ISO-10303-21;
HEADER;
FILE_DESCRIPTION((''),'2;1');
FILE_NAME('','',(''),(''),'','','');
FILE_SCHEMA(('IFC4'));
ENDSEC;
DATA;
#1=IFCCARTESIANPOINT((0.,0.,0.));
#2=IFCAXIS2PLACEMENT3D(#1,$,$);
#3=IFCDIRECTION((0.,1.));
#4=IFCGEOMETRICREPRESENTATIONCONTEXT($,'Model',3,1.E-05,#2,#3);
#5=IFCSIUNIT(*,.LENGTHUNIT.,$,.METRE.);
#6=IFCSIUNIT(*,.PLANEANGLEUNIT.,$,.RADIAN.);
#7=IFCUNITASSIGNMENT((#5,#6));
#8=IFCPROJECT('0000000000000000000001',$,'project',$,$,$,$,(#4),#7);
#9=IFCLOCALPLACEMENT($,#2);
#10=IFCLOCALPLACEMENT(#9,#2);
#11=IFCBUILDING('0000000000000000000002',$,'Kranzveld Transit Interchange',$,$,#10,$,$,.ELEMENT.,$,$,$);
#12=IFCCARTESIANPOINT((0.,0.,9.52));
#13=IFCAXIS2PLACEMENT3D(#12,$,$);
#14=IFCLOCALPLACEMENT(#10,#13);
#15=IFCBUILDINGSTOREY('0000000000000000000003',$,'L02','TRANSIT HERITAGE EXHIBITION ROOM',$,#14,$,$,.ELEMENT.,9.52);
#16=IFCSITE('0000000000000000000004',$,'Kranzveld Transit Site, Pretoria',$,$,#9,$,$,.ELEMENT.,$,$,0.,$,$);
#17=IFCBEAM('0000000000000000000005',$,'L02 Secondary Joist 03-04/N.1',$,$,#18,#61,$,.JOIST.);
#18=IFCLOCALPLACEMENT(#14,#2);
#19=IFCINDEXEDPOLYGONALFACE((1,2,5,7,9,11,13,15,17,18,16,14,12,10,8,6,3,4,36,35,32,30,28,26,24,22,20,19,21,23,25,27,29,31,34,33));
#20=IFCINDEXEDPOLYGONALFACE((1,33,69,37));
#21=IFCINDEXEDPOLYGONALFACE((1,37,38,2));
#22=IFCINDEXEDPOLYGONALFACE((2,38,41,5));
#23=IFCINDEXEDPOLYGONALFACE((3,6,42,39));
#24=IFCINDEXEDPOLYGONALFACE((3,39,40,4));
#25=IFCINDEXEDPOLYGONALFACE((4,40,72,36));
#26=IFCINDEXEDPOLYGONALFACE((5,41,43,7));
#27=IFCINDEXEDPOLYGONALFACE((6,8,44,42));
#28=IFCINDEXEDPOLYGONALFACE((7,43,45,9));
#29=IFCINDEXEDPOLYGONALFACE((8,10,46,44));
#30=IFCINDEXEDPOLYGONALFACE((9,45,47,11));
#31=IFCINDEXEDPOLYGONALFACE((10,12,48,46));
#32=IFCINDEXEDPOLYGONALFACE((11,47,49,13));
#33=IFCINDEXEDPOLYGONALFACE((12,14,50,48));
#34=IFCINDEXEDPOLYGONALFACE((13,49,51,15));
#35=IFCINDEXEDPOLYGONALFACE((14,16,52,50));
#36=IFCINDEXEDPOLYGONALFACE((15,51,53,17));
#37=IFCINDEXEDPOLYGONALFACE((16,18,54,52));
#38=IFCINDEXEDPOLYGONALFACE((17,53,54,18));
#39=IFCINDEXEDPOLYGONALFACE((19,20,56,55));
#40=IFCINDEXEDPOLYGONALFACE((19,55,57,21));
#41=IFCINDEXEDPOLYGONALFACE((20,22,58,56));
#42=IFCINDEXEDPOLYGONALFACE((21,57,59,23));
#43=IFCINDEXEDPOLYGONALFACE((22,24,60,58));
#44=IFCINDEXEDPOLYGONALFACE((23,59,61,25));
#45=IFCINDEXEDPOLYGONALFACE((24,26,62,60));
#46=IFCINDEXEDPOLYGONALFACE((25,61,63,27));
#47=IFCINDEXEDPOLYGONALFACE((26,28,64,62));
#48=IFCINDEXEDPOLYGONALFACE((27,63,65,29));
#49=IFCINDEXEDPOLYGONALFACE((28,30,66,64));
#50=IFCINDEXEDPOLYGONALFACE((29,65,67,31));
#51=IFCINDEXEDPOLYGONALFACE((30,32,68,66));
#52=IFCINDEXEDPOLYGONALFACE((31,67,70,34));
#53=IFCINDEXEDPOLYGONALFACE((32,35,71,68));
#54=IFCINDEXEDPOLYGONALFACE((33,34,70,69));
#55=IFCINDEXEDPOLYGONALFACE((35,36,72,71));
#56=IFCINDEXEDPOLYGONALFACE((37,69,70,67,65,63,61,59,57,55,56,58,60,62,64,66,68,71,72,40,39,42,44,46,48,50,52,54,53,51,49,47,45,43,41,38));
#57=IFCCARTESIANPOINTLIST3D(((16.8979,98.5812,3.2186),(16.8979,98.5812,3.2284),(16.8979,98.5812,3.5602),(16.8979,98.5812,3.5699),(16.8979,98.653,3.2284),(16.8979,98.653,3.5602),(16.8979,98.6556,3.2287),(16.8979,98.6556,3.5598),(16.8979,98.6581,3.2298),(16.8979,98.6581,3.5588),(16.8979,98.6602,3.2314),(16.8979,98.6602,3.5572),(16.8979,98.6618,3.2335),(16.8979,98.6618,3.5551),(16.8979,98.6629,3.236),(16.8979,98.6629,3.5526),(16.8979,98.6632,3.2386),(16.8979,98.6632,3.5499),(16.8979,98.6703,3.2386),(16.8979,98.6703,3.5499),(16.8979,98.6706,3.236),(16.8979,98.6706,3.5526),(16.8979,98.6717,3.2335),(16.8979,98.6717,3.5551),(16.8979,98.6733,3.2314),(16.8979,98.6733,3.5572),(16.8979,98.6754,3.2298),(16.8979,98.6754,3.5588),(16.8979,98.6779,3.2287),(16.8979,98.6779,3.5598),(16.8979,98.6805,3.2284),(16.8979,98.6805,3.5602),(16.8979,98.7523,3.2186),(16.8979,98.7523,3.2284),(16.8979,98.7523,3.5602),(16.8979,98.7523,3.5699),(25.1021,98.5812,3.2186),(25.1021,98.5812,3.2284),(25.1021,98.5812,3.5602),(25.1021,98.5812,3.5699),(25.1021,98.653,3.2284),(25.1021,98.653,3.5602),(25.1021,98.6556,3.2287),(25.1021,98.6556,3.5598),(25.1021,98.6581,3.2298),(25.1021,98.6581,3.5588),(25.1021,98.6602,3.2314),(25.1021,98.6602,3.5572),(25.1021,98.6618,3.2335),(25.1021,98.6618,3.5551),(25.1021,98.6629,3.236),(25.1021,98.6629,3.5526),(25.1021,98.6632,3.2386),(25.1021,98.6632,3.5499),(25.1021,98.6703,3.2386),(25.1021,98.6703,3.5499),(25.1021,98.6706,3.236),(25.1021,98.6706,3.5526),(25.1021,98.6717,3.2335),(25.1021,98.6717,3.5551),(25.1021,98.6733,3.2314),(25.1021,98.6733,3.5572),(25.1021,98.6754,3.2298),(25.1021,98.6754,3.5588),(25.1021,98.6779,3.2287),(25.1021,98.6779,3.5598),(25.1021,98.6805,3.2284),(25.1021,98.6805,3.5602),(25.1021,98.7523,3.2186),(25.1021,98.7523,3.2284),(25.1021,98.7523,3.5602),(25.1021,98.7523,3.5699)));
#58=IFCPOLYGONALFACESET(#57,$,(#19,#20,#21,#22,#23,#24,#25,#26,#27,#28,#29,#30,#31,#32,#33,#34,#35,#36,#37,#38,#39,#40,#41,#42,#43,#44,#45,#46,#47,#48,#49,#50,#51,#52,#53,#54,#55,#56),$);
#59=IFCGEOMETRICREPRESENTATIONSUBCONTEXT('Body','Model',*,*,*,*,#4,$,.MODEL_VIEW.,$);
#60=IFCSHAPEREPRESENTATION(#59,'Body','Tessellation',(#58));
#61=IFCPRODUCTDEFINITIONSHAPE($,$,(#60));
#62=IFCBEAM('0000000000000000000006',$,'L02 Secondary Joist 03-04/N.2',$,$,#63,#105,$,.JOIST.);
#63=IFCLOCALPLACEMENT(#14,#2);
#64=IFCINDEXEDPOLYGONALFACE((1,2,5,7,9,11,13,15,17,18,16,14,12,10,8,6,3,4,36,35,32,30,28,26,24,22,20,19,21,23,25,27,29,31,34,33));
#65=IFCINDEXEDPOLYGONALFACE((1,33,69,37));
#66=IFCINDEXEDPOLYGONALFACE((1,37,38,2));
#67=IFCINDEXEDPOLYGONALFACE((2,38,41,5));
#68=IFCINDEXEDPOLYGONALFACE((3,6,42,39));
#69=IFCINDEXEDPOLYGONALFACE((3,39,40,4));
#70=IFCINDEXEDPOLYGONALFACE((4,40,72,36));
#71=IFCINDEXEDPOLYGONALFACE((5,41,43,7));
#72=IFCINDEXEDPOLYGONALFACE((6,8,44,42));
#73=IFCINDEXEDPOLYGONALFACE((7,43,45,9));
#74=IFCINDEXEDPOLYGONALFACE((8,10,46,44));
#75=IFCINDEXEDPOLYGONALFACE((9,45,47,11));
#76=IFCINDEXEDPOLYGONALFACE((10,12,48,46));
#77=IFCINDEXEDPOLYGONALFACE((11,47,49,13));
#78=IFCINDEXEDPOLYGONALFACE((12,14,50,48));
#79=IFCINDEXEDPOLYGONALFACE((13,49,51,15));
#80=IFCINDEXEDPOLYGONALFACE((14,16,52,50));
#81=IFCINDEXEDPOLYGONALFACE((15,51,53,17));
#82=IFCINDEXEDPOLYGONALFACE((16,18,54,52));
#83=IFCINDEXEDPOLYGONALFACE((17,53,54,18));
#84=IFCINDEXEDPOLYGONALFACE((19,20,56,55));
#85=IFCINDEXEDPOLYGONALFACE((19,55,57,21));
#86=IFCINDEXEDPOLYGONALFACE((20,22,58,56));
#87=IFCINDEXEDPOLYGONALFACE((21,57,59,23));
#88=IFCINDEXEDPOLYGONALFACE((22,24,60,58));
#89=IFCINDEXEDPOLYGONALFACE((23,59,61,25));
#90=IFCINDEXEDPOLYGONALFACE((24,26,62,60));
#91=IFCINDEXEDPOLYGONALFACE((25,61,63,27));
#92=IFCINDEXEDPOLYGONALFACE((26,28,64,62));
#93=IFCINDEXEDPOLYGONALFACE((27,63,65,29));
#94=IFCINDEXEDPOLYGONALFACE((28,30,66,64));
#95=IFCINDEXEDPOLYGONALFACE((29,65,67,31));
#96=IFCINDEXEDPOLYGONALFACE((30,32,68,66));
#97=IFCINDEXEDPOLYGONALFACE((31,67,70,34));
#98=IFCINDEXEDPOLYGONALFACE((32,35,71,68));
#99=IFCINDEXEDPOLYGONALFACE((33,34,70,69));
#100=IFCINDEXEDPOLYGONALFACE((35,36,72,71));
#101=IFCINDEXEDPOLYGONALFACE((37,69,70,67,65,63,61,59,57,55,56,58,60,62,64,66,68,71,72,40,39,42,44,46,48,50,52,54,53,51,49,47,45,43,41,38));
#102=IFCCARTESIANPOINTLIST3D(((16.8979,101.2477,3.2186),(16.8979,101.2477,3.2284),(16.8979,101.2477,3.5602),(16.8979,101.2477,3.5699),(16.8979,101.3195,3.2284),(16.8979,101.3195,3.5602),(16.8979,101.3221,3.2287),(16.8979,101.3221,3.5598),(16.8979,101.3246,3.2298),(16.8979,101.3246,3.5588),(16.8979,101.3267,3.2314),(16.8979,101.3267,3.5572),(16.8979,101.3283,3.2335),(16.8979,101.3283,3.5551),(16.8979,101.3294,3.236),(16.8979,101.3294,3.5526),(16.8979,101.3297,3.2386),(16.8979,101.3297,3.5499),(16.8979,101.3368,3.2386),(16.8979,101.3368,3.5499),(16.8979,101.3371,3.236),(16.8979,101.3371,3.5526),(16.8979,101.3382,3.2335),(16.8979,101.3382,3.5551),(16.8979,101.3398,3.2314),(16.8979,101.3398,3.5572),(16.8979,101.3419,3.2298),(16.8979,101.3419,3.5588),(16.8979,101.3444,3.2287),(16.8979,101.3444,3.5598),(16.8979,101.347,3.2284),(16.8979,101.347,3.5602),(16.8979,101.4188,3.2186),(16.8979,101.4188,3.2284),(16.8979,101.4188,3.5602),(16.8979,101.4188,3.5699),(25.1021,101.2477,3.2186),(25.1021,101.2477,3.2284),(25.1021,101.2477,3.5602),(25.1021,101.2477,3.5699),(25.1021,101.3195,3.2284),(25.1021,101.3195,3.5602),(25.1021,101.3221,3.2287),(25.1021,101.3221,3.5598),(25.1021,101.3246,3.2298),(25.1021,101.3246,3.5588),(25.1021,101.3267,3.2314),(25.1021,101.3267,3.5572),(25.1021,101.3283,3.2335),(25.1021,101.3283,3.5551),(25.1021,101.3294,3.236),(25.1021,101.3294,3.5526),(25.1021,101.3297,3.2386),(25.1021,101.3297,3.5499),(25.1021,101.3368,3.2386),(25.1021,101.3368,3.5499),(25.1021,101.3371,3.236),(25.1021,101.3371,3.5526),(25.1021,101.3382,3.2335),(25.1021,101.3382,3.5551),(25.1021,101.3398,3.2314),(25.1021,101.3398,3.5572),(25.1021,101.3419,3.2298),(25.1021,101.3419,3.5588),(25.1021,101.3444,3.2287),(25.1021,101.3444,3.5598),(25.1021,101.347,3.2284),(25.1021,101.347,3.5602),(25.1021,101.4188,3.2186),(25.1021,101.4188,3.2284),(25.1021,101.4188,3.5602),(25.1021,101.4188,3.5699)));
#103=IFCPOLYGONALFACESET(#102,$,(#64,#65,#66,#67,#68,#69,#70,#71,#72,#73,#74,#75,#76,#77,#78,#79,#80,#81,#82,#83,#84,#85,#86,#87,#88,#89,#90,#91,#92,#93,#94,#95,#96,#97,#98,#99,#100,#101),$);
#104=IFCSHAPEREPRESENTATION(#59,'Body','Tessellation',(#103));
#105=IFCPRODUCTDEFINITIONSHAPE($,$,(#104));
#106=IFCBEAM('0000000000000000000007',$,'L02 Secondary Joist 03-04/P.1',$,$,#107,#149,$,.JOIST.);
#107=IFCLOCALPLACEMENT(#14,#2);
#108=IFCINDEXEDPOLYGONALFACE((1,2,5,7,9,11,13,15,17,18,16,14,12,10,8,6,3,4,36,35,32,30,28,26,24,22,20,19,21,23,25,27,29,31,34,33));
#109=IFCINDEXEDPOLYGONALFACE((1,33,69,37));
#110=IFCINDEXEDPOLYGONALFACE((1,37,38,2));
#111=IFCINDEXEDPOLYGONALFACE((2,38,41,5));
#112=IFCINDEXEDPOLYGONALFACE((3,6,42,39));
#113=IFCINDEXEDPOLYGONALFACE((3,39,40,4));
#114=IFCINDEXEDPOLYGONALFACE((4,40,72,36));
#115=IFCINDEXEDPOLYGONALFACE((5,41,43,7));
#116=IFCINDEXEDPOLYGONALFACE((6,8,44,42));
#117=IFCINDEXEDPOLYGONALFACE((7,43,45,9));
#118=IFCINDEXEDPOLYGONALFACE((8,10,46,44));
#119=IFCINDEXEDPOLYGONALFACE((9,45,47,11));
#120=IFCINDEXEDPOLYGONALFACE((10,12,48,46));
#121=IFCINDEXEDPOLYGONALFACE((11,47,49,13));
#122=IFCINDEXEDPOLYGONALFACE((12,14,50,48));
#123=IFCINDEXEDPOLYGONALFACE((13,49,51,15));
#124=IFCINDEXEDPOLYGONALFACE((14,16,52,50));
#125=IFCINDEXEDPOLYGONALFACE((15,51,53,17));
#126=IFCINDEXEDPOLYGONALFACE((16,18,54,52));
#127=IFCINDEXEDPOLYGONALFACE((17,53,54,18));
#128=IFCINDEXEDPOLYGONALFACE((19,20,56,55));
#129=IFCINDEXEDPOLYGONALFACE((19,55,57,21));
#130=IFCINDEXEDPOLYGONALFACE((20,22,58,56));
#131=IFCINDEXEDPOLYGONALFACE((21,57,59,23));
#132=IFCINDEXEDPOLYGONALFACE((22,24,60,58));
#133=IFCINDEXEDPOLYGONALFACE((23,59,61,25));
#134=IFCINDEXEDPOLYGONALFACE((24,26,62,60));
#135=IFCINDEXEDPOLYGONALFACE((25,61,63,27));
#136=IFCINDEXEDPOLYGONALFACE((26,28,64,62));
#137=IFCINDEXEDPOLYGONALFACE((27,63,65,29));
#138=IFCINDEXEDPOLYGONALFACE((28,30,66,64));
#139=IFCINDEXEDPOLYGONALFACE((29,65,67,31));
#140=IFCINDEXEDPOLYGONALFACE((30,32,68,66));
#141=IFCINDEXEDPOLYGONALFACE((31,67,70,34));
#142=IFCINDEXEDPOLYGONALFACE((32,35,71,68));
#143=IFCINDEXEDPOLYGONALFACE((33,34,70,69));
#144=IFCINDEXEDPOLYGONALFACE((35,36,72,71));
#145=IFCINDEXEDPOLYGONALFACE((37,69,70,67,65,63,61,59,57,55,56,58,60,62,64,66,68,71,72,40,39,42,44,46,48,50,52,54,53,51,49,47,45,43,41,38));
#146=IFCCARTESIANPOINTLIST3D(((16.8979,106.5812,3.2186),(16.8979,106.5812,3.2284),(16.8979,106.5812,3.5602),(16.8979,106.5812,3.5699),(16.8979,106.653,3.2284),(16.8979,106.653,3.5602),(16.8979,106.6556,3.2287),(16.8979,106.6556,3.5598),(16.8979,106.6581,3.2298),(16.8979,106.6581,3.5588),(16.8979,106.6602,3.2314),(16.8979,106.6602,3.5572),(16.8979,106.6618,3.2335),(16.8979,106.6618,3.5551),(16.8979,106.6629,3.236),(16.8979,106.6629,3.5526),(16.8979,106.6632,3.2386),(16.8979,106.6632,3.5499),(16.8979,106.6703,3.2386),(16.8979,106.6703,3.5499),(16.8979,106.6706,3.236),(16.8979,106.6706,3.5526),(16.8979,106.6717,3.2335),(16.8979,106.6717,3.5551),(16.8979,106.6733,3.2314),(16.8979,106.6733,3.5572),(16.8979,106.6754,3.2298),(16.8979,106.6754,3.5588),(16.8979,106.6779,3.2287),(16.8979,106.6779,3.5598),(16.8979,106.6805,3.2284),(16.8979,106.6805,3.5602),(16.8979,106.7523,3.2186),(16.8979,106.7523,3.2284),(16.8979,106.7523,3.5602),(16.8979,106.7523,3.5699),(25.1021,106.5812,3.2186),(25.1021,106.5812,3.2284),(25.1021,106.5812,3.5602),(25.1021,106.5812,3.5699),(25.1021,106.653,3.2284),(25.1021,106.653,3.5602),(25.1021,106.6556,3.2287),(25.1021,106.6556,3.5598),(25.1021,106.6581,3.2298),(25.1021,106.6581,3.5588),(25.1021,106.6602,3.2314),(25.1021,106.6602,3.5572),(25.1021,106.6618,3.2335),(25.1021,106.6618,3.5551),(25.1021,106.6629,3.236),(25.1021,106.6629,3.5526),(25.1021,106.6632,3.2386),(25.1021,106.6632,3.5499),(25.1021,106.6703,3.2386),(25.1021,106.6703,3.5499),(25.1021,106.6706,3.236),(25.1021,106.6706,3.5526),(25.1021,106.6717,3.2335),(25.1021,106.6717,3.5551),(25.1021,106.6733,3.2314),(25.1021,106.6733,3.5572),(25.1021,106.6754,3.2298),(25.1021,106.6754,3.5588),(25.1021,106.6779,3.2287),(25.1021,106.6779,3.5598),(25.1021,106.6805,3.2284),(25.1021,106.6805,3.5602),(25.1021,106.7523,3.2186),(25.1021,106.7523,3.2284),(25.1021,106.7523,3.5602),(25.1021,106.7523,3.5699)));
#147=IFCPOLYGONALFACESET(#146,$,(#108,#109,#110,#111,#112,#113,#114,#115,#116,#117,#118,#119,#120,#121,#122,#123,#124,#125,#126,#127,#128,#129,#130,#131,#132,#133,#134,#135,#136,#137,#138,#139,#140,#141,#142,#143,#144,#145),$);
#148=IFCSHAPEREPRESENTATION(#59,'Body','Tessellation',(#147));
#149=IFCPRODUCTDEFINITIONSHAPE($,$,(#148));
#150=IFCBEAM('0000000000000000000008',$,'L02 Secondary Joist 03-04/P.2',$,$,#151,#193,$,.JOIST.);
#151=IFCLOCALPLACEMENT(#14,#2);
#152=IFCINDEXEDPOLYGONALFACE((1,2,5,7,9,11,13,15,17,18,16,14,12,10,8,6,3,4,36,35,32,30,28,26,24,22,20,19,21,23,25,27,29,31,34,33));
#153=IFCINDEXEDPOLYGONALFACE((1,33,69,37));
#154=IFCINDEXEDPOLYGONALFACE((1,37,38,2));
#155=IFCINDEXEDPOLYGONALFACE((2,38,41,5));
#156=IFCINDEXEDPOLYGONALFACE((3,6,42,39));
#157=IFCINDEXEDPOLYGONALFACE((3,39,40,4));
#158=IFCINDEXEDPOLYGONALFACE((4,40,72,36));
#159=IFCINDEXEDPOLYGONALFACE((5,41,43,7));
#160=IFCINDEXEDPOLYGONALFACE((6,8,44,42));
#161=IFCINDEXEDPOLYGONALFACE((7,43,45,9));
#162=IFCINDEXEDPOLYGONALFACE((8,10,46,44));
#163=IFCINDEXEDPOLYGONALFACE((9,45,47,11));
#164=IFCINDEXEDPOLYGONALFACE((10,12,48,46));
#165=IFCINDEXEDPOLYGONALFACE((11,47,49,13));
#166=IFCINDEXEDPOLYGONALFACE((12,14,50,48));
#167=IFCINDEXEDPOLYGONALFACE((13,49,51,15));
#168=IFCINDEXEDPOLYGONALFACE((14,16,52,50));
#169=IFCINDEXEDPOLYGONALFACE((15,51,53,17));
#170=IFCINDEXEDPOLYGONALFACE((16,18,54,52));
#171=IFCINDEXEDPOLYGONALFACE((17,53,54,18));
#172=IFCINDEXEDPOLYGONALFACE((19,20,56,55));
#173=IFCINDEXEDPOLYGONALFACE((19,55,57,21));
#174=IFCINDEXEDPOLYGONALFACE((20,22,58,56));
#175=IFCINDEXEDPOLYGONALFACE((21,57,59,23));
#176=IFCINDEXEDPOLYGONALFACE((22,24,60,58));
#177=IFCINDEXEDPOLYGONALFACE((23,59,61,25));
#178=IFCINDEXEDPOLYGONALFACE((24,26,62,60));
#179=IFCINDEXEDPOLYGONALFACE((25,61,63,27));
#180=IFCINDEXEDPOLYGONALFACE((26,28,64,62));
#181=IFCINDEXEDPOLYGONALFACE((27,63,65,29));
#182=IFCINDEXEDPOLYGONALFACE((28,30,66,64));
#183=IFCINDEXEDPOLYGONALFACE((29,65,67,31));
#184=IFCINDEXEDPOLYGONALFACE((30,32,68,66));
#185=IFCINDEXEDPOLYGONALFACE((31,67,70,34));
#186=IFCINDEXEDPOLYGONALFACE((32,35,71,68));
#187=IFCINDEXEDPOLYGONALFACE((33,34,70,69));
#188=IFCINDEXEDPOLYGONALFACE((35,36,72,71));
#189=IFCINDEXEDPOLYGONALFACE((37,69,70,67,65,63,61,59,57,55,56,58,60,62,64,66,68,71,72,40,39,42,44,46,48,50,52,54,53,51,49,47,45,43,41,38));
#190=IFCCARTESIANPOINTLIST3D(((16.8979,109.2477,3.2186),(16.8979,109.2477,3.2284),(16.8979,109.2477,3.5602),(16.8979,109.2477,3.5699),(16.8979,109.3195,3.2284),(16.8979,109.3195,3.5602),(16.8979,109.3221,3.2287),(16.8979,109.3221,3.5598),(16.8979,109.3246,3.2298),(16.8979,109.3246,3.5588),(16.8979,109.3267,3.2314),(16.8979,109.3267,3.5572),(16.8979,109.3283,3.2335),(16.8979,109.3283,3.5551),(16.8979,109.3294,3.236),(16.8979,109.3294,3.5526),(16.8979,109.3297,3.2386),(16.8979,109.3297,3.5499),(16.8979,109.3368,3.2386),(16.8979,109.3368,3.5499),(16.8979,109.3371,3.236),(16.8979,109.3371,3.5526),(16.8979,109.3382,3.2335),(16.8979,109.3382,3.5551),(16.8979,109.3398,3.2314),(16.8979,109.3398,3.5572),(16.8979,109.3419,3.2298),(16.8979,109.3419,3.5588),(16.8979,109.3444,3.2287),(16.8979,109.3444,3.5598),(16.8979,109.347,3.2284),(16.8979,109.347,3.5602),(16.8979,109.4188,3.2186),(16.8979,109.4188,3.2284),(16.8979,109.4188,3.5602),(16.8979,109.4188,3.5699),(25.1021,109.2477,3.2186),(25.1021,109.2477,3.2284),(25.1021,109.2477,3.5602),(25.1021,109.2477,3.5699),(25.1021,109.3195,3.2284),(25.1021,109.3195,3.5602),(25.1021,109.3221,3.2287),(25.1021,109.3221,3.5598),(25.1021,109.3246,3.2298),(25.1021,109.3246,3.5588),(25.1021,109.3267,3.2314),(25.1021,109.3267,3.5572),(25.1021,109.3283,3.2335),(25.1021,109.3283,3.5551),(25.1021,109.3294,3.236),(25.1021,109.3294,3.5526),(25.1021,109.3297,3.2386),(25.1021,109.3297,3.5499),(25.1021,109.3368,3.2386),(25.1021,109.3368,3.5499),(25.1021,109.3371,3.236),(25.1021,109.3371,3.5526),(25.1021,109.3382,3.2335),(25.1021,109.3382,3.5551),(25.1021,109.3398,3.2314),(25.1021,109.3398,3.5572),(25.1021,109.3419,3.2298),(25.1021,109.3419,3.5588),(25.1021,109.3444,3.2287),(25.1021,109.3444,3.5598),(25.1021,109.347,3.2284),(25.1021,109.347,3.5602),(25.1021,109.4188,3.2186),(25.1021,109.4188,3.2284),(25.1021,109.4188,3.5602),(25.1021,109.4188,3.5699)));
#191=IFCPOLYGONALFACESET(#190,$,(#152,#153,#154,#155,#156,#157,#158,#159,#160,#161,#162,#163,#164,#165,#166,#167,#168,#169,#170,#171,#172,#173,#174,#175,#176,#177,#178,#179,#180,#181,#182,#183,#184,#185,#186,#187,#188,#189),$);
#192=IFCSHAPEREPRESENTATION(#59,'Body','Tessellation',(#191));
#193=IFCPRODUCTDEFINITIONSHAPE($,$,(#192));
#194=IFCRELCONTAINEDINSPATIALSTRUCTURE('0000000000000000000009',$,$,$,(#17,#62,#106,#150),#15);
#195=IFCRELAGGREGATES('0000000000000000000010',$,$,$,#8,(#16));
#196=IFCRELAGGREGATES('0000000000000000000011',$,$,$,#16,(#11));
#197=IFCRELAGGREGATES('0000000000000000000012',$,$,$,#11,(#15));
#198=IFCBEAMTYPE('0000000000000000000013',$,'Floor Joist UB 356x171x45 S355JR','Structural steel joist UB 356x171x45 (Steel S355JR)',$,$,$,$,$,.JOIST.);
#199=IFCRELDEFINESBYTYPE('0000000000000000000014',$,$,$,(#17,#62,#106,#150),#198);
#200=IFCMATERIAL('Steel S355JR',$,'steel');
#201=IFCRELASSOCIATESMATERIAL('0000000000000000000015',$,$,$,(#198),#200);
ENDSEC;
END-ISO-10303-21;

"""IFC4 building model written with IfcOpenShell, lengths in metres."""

from ifc_helpers import new_model, si_unit, direction, frame, origin, origin_2d, place, context, subcontext, project, spatial, i_section, extrude, material, material_profile, profile_set, type_object, element, save


model = new_model("IFC4")

# Units and contexts
model_context = context("Model", 3, precision=1e-05, world=origin(), true_north=direction((0.0, 1.0)))
body_context = subcontext(model_context, "Body", "Model", "MODEL_VIEW")
ifc_project = project(units=[si_unit("LENGTHUNIT", "METRE"), si_unit("PLANEANGLEUNIT", "RADIAN")], contexts=[model_context])

# Site, building, storey
site_placement = place(None, origin())
site = spatial("IfcSite", under=ifc_project, at=site_placement, Name="Kranzveld Transit Site, Pretoria", CompositionType="ELEMENT", RefElevation=0.0)
building_placement = place(site_placement, origin())
building = spatial("IfcBuilding", under=site, at=building_placement, Name="Kranzveld Transit Interchange", CompositionType="ELEMENT")
storey_placement = place(building_placement, frame((0.0, 0.0, 9.52)))
storey = spatial("IfcBuildingStorey", under=building, at=storey_placement, Name="L02", Description="TRANSIT HERITAGE EXHIBITION ROOM", CompositionType="ELEMENT", Elevation=9.52)

# Beams
ifc_material_1 = material(Name="Steel S355JR", Category="steel")
ifc_material_profile_1 = material_profile(ifc_material_1, i_section(OverallWidth=0.1711, OverallDepth=0.3513, WebThickness=0.0071, FlangeThickness=0.0098, FilletRadius=0.0103, at=origin_2d()), Name="UB 356x171x45")
ifc_profile_set_1 = profile_set([ifc_material_profile_1], Name="Steel S355JR")
beam_type_1 = type_object("IfcBeamType", Name="Floor Joist UB 356x171x45 S355JR", Description="Structural steel joist UB 356x171x45 (Steel S355JR)", PredefinedType="JOIST", material=ifc_profile_set_1)
for number, where, z_axis, x_axis, name in (
    (1, (16.8979, 98.6667, 3.3943), (1.0, 0.0, 0.0), (0.0, 1.0, 0.0), "L02 Secondary Joist 03-04/N.1"),
    (2, (16.8979, 101.3333, 3.3943), (1.0, 0.0, 0.0), (0.0, 1.0, 0.0), "L02 Secondary Joist 03-04/N.2"),
    (3, (16.8979, 106.6667, 3.3943), (1.0, 0.0, 0.0), (0.0, 1.0, 0.0), "L02 Secondary Joist 03-04/P.1"),
    (4, (16.8979, 109.3333, 3.3943), (1.0, 0.0, 0.0), (0.0, 1.0, 0.0), "L02 Secondary Joist 03-04/P.2"),
):
    element("IfcBeam", number, at=place(storey_placement, frame(where, z_axis=z_axis, x_axis=x_axis)), inside=storey, type_object=beam_type_1, Name=name, PredefinedType="JOIST", context=body_context, shape_type="SweptSolid", body=[
        extrude(i_section(OverallWidth=0.1711, OverallDepth=0.3513, WebThickness=0.0071, FlangeThickness=0.0098, FilletRadius=0.0103, at=origin_2d()), origin(), (0.0, 0.0, 1.0), 8.2041),
    ])

save(model, "model.ifc")
